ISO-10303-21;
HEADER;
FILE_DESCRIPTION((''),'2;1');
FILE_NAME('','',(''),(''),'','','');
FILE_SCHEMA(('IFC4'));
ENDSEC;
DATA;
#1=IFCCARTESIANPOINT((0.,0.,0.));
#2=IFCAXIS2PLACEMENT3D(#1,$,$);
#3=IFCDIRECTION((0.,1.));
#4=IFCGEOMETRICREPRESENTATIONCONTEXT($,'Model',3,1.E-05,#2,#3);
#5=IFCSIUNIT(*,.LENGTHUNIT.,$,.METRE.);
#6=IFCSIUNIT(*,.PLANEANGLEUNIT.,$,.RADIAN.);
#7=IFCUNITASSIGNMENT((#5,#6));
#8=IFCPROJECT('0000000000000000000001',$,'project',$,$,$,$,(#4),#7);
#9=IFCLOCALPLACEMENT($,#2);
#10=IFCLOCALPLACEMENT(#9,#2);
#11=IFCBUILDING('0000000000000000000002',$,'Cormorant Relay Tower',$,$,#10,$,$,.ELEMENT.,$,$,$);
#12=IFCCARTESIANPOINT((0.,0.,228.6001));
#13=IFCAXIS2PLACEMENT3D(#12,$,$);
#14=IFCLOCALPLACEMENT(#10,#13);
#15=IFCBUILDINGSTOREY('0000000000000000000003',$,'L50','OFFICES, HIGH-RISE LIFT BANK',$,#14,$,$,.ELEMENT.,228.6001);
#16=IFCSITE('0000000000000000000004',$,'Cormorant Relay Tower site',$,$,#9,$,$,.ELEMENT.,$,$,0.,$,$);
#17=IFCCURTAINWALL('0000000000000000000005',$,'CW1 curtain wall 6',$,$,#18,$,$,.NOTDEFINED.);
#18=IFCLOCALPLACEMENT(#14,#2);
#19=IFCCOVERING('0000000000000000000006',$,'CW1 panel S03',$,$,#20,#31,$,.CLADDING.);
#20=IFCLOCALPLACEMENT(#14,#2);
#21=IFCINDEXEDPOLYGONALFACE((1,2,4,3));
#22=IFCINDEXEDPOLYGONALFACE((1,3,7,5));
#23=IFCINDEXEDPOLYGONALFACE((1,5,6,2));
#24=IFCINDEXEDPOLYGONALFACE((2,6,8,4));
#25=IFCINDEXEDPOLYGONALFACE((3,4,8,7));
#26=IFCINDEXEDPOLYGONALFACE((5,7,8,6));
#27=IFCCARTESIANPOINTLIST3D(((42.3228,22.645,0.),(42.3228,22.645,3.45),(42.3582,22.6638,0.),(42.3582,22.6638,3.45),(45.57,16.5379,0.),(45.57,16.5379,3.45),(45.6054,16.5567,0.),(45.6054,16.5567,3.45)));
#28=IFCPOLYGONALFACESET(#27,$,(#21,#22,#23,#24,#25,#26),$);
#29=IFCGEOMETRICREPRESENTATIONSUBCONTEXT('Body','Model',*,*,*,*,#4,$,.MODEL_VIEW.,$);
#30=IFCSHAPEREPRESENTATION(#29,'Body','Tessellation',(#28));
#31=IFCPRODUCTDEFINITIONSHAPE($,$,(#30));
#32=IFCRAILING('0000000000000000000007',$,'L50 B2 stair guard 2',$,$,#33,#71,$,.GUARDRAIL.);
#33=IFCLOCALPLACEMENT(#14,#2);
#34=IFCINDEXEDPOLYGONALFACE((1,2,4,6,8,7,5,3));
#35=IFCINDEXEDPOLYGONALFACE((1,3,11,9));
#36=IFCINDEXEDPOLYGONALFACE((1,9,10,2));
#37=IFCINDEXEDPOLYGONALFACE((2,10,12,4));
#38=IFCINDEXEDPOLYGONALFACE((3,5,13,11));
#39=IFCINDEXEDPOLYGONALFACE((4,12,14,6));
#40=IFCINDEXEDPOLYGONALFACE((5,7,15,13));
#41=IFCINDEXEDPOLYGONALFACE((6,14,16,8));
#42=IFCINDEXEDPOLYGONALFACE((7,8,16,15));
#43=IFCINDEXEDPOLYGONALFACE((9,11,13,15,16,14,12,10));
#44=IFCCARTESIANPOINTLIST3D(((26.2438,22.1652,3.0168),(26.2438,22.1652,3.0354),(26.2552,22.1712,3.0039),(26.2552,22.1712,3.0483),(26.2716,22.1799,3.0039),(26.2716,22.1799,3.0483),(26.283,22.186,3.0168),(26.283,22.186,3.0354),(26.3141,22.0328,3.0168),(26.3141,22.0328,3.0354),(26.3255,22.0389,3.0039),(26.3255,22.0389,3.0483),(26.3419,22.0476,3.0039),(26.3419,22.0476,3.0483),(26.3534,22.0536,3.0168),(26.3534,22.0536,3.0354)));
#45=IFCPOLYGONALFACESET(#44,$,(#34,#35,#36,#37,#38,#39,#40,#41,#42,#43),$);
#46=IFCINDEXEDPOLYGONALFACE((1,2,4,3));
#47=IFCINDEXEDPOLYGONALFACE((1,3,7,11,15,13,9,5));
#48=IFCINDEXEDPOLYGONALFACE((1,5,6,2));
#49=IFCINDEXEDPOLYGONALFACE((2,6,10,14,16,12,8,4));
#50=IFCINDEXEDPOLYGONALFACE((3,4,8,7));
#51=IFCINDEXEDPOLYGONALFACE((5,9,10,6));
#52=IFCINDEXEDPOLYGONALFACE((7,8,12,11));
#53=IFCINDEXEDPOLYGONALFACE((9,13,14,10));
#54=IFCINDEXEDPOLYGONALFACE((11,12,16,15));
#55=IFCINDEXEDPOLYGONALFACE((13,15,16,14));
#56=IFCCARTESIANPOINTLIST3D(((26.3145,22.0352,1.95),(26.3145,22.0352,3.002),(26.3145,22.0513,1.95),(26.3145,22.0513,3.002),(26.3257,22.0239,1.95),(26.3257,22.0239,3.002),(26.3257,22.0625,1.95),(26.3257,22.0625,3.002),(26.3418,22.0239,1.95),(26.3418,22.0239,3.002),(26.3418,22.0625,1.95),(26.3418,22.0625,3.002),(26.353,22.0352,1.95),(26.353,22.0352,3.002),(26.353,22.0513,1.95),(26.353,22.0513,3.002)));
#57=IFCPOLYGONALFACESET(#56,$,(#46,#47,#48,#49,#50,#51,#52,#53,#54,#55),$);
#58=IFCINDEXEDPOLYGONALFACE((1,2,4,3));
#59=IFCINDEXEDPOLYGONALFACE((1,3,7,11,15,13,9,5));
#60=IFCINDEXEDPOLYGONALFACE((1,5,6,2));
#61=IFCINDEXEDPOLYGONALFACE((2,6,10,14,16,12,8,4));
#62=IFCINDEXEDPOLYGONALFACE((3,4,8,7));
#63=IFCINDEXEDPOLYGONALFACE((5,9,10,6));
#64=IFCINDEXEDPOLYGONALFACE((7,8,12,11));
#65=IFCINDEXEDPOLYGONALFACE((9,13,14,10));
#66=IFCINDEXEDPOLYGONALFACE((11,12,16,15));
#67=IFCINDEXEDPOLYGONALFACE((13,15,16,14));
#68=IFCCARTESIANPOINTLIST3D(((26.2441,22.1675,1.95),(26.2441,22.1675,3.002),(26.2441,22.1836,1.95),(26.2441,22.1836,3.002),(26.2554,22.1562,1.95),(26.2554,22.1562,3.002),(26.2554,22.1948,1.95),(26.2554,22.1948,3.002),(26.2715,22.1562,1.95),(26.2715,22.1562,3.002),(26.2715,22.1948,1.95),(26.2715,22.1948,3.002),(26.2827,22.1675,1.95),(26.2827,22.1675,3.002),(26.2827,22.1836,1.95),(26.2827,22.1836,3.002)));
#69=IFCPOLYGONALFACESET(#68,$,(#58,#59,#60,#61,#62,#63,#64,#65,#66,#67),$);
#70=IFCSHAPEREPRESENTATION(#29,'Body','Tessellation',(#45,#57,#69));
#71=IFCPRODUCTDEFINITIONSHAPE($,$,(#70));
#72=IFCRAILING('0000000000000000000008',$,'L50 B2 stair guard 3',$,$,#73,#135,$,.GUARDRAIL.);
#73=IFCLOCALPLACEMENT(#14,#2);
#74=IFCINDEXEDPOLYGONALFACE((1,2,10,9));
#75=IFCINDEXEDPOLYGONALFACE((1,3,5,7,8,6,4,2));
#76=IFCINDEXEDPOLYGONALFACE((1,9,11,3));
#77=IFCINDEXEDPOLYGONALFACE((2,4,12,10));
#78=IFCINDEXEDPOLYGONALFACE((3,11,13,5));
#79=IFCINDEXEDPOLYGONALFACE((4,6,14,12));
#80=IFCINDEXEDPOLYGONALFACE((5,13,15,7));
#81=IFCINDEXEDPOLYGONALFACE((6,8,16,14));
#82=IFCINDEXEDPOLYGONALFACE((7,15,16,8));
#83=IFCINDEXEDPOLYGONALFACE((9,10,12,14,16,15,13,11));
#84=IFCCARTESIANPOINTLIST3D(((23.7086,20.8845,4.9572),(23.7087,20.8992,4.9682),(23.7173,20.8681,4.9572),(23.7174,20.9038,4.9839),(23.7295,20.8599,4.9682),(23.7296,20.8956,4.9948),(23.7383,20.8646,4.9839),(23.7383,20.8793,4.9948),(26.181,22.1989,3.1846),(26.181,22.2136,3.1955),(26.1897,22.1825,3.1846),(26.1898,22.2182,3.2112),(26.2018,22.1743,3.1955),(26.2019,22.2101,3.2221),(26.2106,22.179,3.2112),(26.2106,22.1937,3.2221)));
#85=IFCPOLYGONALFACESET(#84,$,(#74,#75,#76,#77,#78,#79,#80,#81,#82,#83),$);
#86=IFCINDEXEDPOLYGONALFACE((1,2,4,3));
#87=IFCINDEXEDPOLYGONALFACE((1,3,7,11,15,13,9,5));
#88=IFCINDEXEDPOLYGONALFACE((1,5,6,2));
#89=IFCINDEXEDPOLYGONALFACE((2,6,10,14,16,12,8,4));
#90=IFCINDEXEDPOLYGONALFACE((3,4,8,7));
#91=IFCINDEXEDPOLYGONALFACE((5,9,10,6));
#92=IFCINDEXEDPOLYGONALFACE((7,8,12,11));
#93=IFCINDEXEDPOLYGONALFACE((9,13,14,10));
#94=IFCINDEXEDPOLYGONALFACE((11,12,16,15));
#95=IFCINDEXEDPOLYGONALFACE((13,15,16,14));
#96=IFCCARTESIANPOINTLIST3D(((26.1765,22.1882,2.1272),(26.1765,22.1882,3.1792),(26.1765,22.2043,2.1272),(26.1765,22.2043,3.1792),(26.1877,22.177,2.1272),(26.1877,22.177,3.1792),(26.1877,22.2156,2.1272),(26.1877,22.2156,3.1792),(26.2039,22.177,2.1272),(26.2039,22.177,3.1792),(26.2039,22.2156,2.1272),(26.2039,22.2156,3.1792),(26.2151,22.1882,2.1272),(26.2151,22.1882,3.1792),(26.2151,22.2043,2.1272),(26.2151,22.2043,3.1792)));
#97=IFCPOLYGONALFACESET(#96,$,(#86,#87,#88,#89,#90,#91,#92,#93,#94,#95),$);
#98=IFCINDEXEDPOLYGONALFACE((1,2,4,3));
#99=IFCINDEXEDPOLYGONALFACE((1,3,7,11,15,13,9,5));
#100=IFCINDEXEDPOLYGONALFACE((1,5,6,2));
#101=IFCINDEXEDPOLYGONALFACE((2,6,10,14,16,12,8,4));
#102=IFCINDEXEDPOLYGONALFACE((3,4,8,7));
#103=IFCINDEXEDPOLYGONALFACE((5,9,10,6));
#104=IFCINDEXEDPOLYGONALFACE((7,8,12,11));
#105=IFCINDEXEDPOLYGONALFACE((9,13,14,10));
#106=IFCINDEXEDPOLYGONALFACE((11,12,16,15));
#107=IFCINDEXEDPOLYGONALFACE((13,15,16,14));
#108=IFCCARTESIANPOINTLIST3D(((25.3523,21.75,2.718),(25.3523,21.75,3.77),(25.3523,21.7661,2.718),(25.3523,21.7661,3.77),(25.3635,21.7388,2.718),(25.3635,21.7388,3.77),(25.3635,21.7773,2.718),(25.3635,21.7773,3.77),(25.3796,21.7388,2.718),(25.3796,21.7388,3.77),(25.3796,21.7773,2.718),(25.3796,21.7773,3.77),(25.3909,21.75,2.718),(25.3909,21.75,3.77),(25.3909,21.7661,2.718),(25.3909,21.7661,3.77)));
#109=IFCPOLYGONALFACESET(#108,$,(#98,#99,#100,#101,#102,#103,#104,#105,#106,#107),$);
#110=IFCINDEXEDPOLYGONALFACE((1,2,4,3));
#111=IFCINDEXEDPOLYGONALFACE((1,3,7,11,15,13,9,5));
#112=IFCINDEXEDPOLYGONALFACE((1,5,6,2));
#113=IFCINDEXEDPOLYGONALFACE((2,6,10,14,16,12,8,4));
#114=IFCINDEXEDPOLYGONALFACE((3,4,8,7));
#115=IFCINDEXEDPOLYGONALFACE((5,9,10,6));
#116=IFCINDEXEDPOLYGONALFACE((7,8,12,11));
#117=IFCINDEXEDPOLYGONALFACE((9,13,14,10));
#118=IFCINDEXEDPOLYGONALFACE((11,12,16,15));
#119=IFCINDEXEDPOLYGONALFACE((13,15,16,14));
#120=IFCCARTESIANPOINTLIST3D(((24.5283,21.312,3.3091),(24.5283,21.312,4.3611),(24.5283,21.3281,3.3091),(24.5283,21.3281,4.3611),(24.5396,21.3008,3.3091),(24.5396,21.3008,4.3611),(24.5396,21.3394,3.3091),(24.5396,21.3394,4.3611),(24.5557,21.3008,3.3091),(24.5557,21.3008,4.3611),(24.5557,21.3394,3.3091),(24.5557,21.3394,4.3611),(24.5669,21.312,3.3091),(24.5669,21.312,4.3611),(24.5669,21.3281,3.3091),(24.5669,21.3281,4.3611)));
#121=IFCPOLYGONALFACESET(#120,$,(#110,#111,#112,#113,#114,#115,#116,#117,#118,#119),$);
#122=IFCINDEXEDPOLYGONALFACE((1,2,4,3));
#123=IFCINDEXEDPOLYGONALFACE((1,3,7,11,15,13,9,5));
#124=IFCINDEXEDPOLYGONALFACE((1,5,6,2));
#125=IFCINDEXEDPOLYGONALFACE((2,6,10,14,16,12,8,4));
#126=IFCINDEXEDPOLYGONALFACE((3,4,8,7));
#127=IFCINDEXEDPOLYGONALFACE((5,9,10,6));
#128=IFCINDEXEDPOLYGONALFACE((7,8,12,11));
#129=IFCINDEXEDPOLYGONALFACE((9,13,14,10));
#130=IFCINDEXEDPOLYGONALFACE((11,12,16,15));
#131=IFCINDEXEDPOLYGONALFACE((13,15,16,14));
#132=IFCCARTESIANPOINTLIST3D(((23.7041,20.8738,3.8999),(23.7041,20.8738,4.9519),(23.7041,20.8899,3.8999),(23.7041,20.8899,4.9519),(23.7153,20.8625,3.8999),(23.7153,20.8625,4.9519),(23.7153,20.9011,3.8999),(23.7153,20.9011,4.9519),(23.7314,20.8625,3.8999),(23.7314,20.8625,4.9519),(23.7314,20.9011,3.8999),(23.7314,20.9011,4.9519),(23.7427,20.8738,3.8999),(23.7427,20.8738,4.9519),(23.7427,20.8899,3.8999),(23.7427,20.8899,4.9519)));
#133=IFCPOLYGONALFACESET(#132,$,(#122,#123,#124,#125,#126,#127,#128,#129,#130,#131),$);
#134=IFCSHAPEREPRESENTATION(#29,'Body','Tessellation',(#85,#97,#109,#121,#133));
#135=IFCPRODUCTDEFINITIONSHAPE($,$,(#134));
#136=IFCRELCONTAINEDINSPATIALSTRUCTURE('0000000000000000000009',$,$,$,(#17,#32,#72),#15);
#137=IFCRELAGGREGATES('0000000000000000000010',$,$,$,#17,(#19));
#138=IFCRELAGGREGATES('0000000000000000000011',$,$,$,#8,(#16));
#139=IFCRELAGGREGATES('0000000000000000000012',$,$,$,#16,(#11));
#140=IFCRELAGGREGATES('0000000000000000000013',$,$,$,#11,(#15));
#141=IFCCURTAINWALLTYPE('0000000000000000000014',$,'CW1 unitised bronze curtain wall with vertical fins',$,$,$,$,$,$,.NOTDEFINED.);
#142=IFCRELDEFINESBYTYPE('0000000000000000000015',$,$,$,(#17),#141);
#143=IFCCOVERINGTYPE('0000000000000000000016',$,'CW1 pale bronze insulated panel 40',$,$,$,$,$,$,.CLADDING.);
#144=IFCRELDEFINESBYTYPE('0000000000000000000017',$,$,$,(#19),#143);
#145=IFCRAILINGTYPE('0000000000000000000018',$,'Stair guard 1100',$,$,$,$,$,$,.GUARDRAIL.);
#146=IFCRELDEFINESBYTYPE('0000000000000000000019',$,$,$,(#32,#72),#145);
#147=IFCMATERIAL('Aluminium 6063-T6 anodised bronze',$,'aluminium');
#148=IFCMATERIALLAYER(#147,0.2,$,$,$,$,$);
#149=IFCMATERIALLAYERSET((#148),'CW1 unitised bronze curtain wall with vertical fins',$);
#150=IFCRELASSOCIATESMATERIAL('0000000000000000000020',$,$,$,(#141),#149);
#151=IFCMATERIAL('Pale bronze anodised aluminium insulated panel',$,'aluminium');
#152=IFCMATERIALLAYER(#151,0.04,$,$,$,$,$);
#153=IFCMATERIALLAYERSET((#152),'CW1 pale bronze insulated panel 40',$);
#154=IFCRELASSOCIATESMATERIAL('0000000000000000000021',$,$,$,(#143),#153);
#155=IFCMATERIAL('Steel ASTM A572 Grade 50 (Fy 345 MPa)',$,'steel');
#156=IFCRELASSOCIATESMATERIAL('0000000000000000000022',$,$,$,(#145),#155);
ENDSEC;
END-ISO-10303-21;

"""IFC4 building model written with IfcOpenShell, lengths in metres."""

from ifc_helpers import new_model, si_unit, direction, frame, origin, origin_2d, place, context, subcontext, project, spatial, polyline, rectangle, outline, extrude, material, layer, layer_set, type_object, element, aggregate, save


model = new_model("IFC4")

# Units and contexts
model_context = context("Model", 3, precision=1e-05, world=origin(), true_north=direction((0.0, 1.0)))
body_context = subcontext(model_context, "Body", "Model", "MODEL_VIEW")
ifc_project = project(units=[si_unit("LENGTHUNIT", "METRE"), si_unit("PLANEANGLEUNIT", "RADIAN")], contexts=[model_context])

# Site, building, storey
site_placement = place(None, origin())
site = spatial("IfcSite", under=ifc_project, at=site_placement, Name="Cormorant Relay Tower site", CompositionType="ELEMENT", RefElevation=0.0)
building_placement = place(site_placement, origin())
building = spatial("IfcBuilding", under=site, at=building_placement, Name="Cormorant Relay Tower", CompositionType="ELEMENT")
storey_placement = place(building_placement, frame((0.0, 0.0, 228.6001)))
storey = spatial("IfcBuildingStorey", under=building, at=storey_placement, Name="L50", Description="OFFICES, HIGH-RISE LIFT BANK", CompositionType="ELEMENT", Elevation=228.6001)

# Curtain wall
ifc_material_1 = material(Name="Aluminium 6063-T6 anodised bronze", Category="aluminium")
ifc_layer_1 = layer(ifc_material_1, 0.2)
ifc_layer_set_1 = layer_set([ifc_layer_1], Name="CW1 unitised bronze curtain wall with vertical fins")
curtain_wall_type = type_object("IfcCurtainWallType", Name="CW1 unitised bronze curtain wall with vertical fins", PredefinedType="NOTDEFINED", material=ifc_layer_set_1)
curtain_wall_1_placement = place(storey_placement, origin())
curtain_wall_1 = element("IfcCurtainWall", 1, at=curtain_wall_1_placement, inside=storey, type_object=curtain_wall_type, Name="CW1 curtain wall 6", PredefinedType="NOTDEFINED")

# Covering
ifc_material_2 = material(Name="Pale bronze anodised aluminium insulated panel", Category="aluminium")
ifc_layer_2 = layer(ifc_material_2, 0.04)
ifc_layer_set_2 = layer_set([ifc_layer_2], Name="CW1 pale bronze insulated panel 40")
covering_type = type_object("IfcCoveringType", Name="CW1 pale bronze insulated panel 40", PredefinedType="CLADDING", material=ifc_layer_set_2)
covering_1_placement = place(storey_placement, frame((43.9641, 19.6008, 0.0), z_axis=(0.0, 0.0, 1.0), x_axis=(-0.469472, 0.882948, 0.0)))
covering_1 = element("IfcCovering", 2, at=covering_1_placement, type_object=covering_type, Name="CW1 panel S03", PredefinedType="CLADDING", context=body_context, shape_type="SweptSolid", body=[
    extrude(rectangle(XDim=6.9167, YDim=0.04, at=origin_2d()), origin(), (0.0, 0.0, 1.0), 3.45),
])
aggregate(curtain_wall_1, [covering_1])

# Railings
ifc_material_3 = material(Name="Steel ASTM A572 Grade 50 (Fy 345 MPa)", Category="steel")
railing_type = type_object("IfcRailingType", Name="Stair guard 1100", PredefinedType="GUARDRAIL", material=ifc_material_3)
railing_1_placement = place(storey_placement, frame((26.3337, 22.0432, 1.95)))
element("IfcRailing", 3, at=railing_1_placement, inside=storey, type_object=railing_type, Name="L50 B2 stair guard 2", PredefinedType="GUARDRAIL", context=body_context, shape_type="SweptSolid", body=[
    extrude(outline(polyline([(0.0222, 0.0093), (0.0093, 0.0222), (-0.0093, 0.0222), (-0.0222, 0.0093), (-0.0222, -0.0093), (-0.0093, -0.0222), (0.0093, -0.0222), (0.0222, -0.0093), (0.0222, 0.0093)])), frame((0.0, 0.0, 1.0762), z_axis=(-0.469235, 0.883074, 0.0), x_axis=(-0.883074, -0.469235, 0.0)), (0.0, 0.0, 1.0), 0.1499),
    extrude(outline(polyline([(0.0193, 0.0081), (0.0081, 0.0193), (-0.0081, 0.0193), (-0.0193, 0.0081), (-0.0193, -0.0081), (-0.0081, -0.0193), (0.0081, -0.0193), (0.0193, -0.0081), (0.0193, 0.0081)])), origin(), (0.0, 0.0, 1.0), 1.052),
    extrude(outline(polyline([(0.0193, 0.0081), (0.0081, 0.0193), (-0.0081, 0.0193), (-0.0193, 0.0081), (-0.0193, -0.0081), (-0.0081, -0.0193), (0.0081, -0.0193), (0.0193, -0.0081), (0.0193, 0.0081)])), frame((-0.0703, 0.1323, 0.0)), (0.0, 0.0, 1.0), 1.052),
])
railing_2_placement = place(storey_placement, frame((26.1958, 22.1963, 2.1272)))
element("IfcRailing", 4, at=railing_2_placement, inside=storey, type_object=railing_type, Name="L50 B2 stair guard 3", PredefinedType="GUARDRAIL", context=body_context, shape_type="SweptSolid", body=[
    extrude(outline(polyline([(0.0222, 0.0093), (0.0093, 0.0222), (-0.0093, 0.0222), (-0.0222, 0.0093), (-0.0222, -0.0093), (-0.0093, -0.0222), (0.0093, -0.0222), (0.0222, -0.0093), (0.0222, 0.0093)])), frame((0.0, 0.0, 1.0762), z_axis=(-0.746034, -0.396627, 0.534902), x_axis=(0.469429, -0.88297, 0.0)), (0.0, 0.0, 1.0), 3.314),
    extrude(outline(polyline([(0.0193, 0.0081), (0.0081, 0.0193), (-0.0081, 0.0193), (-0.0193, 0.0081), (-0.0193, -0.0081), (-0.0081, -0.0193), (0.0081, -0.0193), (0.0193, -0.0081), (0.0193, 0.0081)])), origin(), (0.0, 0.0, 1.0), 1.052),
    extrude(outline(polyline([(0.0193, 0.0081), (0.0081, 0.0193), (-0.0081, 0.0193), (-0.0193, 0.0081), (-0.0193, -0.0081), (-0.0081, -0.0193), (0.0081, -0.0193), (0.0193, -0.0081), (0.0193, 0.0081)])), frame((-0.8242, -0.4382, 0.5908)), (0.0, 0.0, 1.0), 1.052),
    extrude(outline(polyline([(0.0193, 0.0081), (0.0081, 0.0193), (-0.0081, 0.0193), (-0.0193, 0.0081), (-0.0193, -0.0081), (-0.0081, -0.0193), (0.0081, -0.0193), (0.0193, -0.0081), (0.0193, 0.0081)])), frame((-1.6482, -0.8762, 1.1819)), (0.0, 0.0, 1.0), 1.052),
    extrude(outline(polyline([(0.0193, 0.0081), (0.0081, 0.0193), (-0.0081, 0.0193), (-0.0193, 0.0081), (-0.0193, -0.0081), (-0.0081, -0.0193), (0.0081, -0.0193), (0.0193, -0.0081), (0.0193, 0.0081)])), frame((-2.4724, -1.3145, 1.7727)), (0.0, 0.0, 1.0), 1.052),
])

save(model, "model.ifc")
